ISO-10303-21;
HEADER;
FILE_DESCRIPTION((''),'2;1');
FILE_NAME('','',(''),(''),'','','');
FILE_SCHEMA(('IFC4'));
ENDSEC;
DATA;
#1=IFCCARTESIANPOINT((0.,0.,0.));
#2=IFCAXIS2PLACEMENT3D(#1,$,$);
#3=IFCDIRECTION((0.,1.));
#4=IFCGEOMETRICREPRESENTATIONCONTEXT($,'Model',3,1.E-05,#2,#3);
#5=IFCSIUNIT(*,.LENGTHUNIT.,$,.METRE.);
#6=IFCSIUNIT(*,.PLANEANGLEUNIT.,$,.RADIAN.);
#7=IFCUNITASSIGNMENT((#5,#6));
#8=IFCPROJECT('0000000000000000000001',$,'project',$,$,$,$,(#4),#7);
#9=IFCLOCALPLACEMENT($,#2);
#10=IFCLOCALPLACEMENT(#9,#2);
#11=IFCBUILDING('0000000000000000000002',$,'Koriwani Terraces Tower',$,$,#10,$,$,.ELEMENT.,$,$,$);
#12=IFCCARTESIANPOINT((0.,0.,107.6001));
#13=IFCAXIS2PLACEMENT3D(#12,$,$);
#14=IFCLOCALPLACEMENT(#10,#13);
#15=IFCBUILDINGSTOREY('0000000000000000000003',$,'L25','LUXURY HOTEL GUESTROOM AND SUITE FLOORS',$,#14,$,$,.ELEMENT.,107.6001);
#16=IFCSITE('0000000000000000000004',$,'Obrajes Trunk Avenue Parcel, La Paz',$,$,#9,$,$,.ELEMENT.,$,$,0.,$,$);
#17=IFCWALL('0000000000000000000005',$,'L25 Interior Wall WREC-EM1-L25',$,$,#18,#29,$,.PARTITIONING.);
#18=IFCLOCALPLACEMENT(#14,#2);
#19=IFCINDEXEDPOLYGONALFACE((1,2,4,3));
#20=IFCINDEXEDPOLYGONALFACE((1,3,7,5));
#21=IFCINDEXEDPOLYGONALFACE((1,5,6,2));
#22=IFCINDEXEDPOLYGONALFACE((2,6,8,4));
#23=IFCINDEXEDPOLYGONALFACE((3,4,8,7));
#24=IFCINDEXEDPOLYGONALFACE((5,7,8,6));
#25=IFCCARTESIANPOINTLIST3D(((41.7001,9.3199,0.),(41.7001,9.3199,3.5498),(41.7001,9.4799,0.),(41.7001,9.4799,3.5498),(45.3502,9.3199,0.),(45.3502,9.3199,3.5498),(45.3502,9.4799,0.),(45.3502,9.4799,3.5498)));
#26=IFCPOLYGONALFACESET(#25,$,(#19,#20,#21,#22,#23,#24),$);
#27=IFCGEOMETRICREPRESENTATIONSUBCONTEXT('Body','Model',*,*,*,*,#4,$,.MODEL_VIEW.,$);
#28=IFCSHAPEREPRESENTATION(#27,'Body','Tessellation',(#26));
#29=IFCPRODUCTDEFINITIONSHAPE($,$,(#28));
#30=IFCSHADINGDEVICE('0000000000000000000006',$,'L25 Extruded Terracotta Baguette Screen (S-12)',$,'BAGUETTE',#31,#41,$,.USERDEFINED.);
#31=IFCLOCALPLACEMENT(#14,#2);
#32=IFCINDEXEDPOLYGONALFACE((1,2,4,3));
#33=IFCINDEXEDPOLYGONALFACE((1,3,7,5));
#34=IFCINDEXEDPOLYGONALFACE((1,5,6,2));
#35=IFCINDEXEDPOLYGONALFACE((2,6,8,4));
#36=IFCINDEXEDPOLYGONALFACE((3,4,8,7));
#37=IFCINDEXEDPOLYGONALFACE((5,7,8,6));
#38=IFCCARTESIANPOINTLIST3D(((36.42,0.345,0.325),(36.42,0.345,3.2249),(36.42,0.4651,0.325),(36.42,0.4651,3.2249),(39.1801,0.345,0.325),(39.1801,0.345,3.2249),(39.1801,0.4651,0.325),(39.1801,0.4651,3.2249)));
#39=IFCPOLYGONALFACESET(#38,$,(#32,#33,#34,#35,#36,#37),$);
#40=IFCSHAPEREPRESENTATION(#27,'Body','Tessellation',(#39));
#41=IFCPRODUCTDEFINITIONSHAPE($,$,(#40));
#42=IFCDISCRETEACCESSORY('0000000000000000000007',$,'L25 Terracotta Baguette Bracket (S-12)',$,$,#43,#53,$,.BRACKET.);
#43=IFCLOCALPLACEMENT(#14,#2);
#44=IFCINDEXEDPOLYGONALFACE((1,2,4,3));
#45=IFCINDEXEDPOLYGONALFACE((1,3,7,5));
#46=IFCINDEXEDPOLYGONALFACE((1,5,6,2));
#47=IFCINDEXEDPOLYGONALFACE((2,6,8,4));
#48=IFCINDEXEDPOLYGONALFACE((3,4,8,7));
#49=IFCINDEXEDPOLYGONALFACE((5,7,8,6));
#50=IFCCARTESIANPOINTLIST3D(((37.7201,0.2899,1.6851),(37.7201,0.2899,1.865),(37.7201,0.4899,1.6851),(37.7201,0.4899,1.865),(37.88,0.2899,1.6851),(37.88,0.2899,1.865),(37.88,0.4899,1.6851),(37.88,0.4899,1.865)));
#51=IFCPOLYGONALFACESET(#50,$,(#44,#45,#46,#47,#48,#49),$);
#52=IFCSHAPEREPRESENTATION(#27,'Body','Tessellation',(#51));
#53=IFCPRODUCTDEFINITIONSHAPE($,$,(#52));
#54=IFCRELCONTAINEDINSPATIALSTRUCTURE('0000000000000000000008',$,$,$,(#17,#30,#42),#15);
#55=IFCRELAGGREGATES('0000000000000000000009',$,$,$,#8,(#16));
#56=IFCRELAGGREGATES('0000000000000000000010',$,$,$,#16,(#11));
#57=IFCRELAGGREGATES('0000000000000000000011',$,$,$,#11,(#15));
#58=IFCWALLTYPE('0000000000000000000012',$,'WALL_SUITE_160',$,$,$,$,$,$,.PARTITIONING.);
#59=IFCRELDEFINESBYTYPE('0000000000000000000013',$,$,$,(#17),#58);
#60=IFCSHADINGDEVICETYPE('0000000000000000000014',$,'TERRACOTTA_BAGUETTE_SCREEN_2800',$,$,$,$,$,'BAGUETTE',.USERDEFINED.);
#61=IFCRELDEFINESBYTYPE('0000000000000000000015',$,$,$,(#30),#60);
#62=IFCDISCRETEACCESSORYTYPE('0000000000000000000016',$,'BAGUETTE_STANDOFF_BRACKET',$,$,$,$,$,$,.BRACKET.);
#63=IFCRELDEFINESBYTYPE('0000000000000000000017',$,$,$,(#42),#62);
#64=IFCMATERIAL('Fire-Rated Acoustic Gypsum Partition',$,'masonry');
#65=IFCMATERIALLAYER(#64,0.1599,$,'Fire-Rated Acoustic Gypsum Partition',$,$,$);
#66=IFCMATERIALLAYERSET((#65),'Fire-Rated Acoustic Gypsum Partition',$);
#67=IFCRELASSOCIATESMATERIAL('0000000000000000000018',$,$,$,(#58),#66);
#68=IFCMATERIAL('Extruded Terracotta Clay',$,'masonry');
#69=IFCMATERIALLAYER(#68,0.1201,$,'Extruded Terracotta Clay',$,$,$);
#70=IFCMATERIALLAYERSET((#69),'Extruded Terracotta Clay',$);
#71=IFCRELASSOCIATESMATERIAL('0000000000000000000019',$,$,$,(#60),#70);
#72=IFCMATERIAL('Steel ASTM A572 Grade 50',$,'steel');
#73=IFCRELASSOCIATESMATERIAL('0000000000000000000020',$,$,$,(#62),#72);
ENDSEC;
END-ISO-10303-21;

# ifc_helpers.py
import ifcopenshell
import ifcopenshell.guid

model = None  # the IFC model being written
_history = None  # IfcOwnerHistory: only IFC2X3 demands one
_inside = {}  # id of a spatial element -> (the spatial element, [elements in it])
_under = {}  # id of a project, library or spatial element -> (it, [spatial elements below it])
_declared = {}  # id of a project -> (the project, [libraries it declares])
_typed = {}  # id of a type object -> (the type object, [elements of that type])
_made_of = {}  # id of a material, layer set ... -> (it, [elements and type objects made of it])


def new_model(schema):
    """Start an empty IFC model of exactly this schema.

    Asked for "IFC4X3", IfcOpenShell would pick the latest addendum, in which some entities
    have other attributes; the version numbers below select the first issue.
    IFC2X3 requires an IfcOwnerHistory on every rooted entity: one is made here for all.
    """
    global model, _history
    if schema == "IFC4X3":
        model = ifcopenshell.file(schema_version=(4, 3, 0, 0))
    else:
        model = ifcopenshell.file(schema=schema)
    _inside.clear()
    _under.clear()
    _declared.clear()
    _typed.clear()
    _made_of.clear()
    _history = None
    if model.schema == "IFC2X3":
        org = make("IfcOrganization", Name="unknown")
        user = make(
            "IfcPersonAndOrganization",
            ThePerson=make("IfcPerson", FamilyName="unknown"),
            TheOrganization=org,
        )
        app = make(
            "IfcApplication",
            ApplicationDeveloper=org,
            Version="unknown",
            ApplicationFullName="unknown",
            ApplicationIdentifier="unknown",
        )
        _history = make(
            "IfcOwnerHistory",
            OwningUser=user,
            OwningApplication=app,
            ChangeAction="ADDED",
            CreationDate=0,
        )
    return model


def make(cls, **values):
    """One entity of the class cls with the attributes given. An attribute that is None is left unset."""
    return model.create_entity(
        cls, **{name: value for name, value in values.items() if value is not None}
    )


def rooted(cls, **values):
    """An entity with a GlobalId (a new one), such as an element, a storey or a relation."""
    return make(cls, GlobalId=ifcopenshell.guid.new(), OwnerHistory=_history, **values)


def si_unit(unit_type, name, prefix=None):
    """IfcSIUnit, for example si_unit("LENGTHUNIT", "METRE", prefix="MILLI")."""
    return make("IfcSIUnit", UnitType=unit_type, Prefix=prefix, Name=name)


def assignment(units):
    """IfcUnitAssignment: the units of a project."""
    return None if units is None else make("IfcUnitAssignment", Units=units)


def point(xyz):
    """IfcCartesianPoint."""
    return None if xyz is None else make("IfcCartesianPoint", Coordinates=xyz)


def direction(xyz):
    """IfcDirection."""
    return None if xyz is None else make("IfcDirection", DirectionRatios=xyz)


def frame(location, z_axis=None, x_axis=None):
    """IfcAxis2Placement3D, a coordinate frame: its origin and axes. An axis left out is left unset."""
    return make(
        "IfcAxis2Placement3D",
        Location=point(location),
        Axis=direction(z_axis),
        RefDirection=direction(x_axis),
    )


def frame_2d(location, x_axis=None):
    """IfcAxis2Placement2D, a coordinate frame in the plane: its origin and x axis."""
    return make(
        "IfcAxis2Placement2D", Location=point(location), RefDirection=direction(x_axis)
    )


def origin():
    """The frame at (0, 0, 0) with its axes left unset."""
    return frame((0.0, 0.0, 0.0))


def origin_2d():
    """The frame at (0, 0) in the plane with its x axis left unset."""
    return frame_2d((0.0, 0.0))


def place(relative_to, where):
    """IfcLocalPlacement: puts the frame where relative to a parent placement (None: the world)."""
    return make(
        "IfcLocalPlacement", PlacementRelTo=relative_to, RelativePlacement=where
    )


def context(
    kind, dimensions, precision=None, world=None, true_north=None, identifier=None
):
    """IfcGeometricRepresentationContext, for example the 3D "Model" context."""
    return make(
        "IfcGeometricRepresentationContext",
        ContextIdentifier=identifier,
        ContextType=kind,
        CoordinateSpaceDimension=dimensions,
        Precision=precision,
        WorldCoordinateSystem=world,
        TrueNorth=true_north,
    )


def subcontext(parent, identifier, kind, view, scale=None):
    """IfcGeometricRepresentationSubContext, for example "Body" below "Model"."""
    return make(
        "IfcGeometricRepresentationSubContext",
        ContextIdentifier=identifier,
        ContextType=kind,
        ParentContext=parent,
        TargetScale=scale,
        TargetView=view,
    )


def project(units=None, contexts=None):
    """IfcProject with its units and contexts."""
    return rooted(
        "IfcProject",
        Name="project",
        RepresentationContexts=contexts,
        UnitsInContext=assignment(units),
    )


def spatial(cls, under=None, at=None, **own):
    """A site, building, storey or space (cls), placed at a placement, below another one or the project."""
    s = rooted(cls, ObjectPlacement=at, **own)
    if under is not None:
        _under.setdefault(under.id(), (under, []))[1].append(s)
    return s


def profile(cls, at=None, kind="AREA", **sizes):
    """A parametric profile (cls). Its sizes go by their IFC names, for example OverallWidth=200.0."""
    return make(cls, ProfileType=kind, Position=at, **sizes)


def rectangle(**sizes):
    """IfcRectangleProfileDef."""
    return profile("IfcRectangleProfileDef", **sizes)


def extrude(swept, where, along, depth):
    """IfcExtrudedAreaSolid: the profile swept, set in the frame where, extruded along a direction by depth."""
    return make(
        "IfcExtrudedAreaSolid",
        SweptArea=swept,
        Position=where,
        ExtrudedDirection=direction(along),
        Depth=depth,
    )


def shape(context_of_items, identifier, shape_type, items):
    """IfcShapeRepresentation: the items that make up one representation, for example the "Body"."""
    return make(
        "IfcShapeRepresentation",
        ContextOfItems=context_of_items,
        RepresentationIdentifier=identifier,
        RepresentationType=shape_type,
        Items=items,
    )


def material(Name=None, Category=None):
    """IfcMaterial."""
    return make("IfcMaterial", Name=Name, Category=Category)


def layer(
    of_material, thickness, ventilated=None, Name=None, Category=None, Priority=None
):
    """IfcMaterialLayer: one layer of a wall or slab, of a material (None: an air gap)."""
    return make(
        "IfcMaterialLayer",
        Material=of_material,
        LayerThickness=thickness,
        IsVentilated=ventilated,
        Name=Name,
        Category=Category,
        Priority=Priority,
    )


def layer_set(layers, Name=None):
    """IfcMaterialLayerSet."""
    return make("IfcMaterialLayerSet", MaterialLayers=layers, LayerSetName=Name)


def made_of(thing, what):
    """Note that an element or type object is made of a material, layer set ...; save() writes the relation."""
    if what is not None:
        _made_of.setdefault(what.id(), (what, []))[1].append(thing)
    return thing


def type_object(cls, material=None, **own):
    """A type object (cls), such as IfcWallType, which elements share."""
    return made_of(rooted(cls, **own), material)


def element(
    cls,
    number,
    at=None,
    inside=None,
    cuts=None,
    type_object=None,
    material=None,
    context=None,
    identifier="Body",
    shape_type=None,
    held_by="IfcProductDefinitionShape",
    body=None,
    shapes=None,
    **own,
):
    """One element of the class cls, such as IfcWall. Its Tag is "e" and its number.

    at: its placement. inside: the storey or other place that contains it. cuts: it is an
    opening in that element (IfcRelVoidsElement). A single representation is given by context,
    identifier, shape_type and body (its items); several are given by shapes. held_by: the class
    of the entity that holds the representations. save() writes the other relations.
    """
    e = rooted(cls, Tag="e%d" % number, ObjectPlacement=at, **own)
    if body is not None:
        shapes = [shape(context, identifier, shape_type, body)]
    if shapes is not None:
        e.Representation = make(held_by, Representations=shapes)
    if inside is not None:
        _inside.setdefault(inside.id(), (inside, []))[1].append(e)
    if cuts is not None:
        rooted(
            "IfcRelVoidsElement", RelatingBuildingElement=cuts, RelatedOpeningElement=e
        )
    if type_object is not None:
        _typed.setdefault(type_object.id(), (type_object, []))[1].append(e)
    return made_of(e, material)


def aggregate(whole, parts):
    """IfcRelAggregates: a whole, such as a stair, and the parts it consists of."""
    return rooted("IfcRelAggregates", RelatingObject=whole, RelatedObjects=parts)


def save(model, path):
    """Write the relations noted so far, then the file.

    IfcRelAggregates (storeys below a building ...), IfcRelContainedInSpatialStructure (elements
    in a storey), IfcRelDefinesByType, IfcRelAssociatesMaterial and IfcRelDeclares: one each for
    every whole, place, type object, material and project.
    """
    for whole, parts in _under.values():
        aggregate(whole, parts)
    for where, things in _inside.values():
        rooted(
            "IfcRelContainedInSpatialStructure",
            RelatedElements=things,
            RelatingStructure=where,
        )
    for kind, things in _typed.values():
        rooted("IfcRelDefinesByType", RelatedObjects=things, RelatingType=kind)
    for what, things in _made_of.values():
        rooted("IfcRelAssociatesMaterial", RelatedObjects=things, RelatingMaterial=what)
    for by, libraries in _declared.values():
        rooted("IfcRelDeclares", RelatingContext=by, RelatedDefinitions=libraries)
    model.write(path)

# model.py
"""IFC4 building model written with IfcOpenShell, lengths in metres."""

from ifc_helpers import new_model, si_unit, direction, frame, frame_2d, origin, origin_2d, place, context, subcontext, project, spatial, rectangle, extrude, material, layer, layer_set, type_object, element, save


model = new_model("IFC4")

# Units and contexts
model_context = context("Model", 3, precision=1e-05, world=origin(), true_north=direction((0.0, 1.0)))
body_context = subcontext(model_context, "Body", "Model", "MODEL_VIEW")
ifc_project = project(units=[si_unit("LENGTHUNIT", "METRE"), si_unit("PLANEANGLEUNIT", "RADIAN")], contexts=[model_context])

# Site, building, storey
site_placement = place(None, origin())
site = spatial("IfcSite", under=ifc_project, at=site_placement, Name="Obrajes Trunk Avenue Parcel, La Paz", CompositionType="ELEMENT", RefElevation=0.0)
building_placement = place(site_placement, origin())
building = spatial("IfcBuilding", under=site, at=building_placement, Name="Koriwani Terraces Tower", CompositionType="ELEMENT")
storey_placement = place(building_placement, frame((0.0, 0.0, 107.6001)))
storey = spatial("IfcBuildingStorey", under=building, at=storey_placement, Name="L25", Description="LUXURY HOTEL GUESTROOM AND SUITE FLOORS", CompositionType="ELEMENT", Elevation=107.6001)

# Shared definitions
ifc_material_1 = material(Name="Steel ASTM A572 Grade 50", Category="steel")

# Wall
ifc_material_2 = material(Name="Fire-Rated Acoustic Gypsum Partition", Category="masonry")
ifc_layer_1 = layer(ifc_material_2, 0.1599, Name="Fire-Rated Acoustic Gypsum Partition")
ifc_layer_set_1 = layer_set([ifc_layer_1], Name="Fire-Rated Acoustic Gypsum Partition")
wall_type_1 = type_object("IfcWallType", Name="WALL_SUITE_160", PredefinedType="PARTITIONING", material=ifc_layer_set_1)
wall_1_placement = place(storey_placement, frame((41.7, 9.3999, 0.0), z_axis=(0.0, 0.0, 1.0), x_axis=(1.0, 0.0, 0.0)))
element("IfcWall", 1, at=wall_1_placement, inside=storey, type_object=wall_type_1, Name="L25 Interior Wall WREC-EM1-L25", PredefinedType="PARTITIONING", context=body_context, shape_type="SweptSolid", body=[
    extrude(rectangle(XDim=3.6501, YDim=0.1599, at=frame_2d((1.8252, 0.0))), origin(), (0.0, 0.0, 1.0), 3.5498),
])

# Shading device
ifc_material_3 = material(Name="Extruded Terracotta Clay", Category="masonry")
ifc_layer_2 = layer(ifc_material_3, 0.1201, Name="Extruded Terracotta Clay")
ifc_layer_set_2 = layer_set([ifc_layer_2], Name="Extruded Terracotta Clay")
shading_device_type = type_object("IfcShadingDeviceType", Name="TERRACOTTA_BAGUETTE_SCREEN_2800", ElementType="BAGUETTE", PredefinedType="USERDEFINED", material=ifc_layer_set_2)
shading_device_placement = place(storey_placement, frame((37.8, 0.405, 0.325), z_axis=(0.0, 0.0, 1.0), x_axis=(-1.0, 0.0, 0.0)))
element("IfcShadingDevice", 2, at=shading_device_placement, inside=storey, type_object=shading_device_type, Name="L25 Extruded Terracotta Baguette Screen (S-12)", ObjectType="BAGUETTE", PredefinedType="USERDEFINED", context=body_context, shape_type="SweptSolid", body=[
    extrude(rectangle(XDim=2.76, YDim=0.1201, at=origin_2d()), origin(), (0.0, 0.0, 1.0), 2.8999),
])

# Discrete accessory
discrete_accessory_type = type_object("IfcDiscreteAccessoryType", Name="BAGUETTE_STANDOFF_BRACKET", PredefinedType="BRACKET", material=ifc_material_1)
discrete_accessory_placement = place(storey_placement, frame((37.8, 0.3899, 1.6851), z_axis=(0.0, 0.0, 1.0), x_axis=(-1.0, 0.0, 0.0)))
element("IfcDiscreteAccessory", 3, at=discrete_accessory_placement, inside=storey, type_object=discrete_accessory_type, Name="L25 Terracotta Baguette Bracket (S-12)", PredefinedType="BRACKET", context=body_context, shape_type="SweptSolid", body=[
    extrude(rectangle(XDim=0.1599, YDim=0.2, at=origin_2d()), origin(), (0.0, 0.0, 1.0), 0.1799),
])

save(model, "model.ifc")
